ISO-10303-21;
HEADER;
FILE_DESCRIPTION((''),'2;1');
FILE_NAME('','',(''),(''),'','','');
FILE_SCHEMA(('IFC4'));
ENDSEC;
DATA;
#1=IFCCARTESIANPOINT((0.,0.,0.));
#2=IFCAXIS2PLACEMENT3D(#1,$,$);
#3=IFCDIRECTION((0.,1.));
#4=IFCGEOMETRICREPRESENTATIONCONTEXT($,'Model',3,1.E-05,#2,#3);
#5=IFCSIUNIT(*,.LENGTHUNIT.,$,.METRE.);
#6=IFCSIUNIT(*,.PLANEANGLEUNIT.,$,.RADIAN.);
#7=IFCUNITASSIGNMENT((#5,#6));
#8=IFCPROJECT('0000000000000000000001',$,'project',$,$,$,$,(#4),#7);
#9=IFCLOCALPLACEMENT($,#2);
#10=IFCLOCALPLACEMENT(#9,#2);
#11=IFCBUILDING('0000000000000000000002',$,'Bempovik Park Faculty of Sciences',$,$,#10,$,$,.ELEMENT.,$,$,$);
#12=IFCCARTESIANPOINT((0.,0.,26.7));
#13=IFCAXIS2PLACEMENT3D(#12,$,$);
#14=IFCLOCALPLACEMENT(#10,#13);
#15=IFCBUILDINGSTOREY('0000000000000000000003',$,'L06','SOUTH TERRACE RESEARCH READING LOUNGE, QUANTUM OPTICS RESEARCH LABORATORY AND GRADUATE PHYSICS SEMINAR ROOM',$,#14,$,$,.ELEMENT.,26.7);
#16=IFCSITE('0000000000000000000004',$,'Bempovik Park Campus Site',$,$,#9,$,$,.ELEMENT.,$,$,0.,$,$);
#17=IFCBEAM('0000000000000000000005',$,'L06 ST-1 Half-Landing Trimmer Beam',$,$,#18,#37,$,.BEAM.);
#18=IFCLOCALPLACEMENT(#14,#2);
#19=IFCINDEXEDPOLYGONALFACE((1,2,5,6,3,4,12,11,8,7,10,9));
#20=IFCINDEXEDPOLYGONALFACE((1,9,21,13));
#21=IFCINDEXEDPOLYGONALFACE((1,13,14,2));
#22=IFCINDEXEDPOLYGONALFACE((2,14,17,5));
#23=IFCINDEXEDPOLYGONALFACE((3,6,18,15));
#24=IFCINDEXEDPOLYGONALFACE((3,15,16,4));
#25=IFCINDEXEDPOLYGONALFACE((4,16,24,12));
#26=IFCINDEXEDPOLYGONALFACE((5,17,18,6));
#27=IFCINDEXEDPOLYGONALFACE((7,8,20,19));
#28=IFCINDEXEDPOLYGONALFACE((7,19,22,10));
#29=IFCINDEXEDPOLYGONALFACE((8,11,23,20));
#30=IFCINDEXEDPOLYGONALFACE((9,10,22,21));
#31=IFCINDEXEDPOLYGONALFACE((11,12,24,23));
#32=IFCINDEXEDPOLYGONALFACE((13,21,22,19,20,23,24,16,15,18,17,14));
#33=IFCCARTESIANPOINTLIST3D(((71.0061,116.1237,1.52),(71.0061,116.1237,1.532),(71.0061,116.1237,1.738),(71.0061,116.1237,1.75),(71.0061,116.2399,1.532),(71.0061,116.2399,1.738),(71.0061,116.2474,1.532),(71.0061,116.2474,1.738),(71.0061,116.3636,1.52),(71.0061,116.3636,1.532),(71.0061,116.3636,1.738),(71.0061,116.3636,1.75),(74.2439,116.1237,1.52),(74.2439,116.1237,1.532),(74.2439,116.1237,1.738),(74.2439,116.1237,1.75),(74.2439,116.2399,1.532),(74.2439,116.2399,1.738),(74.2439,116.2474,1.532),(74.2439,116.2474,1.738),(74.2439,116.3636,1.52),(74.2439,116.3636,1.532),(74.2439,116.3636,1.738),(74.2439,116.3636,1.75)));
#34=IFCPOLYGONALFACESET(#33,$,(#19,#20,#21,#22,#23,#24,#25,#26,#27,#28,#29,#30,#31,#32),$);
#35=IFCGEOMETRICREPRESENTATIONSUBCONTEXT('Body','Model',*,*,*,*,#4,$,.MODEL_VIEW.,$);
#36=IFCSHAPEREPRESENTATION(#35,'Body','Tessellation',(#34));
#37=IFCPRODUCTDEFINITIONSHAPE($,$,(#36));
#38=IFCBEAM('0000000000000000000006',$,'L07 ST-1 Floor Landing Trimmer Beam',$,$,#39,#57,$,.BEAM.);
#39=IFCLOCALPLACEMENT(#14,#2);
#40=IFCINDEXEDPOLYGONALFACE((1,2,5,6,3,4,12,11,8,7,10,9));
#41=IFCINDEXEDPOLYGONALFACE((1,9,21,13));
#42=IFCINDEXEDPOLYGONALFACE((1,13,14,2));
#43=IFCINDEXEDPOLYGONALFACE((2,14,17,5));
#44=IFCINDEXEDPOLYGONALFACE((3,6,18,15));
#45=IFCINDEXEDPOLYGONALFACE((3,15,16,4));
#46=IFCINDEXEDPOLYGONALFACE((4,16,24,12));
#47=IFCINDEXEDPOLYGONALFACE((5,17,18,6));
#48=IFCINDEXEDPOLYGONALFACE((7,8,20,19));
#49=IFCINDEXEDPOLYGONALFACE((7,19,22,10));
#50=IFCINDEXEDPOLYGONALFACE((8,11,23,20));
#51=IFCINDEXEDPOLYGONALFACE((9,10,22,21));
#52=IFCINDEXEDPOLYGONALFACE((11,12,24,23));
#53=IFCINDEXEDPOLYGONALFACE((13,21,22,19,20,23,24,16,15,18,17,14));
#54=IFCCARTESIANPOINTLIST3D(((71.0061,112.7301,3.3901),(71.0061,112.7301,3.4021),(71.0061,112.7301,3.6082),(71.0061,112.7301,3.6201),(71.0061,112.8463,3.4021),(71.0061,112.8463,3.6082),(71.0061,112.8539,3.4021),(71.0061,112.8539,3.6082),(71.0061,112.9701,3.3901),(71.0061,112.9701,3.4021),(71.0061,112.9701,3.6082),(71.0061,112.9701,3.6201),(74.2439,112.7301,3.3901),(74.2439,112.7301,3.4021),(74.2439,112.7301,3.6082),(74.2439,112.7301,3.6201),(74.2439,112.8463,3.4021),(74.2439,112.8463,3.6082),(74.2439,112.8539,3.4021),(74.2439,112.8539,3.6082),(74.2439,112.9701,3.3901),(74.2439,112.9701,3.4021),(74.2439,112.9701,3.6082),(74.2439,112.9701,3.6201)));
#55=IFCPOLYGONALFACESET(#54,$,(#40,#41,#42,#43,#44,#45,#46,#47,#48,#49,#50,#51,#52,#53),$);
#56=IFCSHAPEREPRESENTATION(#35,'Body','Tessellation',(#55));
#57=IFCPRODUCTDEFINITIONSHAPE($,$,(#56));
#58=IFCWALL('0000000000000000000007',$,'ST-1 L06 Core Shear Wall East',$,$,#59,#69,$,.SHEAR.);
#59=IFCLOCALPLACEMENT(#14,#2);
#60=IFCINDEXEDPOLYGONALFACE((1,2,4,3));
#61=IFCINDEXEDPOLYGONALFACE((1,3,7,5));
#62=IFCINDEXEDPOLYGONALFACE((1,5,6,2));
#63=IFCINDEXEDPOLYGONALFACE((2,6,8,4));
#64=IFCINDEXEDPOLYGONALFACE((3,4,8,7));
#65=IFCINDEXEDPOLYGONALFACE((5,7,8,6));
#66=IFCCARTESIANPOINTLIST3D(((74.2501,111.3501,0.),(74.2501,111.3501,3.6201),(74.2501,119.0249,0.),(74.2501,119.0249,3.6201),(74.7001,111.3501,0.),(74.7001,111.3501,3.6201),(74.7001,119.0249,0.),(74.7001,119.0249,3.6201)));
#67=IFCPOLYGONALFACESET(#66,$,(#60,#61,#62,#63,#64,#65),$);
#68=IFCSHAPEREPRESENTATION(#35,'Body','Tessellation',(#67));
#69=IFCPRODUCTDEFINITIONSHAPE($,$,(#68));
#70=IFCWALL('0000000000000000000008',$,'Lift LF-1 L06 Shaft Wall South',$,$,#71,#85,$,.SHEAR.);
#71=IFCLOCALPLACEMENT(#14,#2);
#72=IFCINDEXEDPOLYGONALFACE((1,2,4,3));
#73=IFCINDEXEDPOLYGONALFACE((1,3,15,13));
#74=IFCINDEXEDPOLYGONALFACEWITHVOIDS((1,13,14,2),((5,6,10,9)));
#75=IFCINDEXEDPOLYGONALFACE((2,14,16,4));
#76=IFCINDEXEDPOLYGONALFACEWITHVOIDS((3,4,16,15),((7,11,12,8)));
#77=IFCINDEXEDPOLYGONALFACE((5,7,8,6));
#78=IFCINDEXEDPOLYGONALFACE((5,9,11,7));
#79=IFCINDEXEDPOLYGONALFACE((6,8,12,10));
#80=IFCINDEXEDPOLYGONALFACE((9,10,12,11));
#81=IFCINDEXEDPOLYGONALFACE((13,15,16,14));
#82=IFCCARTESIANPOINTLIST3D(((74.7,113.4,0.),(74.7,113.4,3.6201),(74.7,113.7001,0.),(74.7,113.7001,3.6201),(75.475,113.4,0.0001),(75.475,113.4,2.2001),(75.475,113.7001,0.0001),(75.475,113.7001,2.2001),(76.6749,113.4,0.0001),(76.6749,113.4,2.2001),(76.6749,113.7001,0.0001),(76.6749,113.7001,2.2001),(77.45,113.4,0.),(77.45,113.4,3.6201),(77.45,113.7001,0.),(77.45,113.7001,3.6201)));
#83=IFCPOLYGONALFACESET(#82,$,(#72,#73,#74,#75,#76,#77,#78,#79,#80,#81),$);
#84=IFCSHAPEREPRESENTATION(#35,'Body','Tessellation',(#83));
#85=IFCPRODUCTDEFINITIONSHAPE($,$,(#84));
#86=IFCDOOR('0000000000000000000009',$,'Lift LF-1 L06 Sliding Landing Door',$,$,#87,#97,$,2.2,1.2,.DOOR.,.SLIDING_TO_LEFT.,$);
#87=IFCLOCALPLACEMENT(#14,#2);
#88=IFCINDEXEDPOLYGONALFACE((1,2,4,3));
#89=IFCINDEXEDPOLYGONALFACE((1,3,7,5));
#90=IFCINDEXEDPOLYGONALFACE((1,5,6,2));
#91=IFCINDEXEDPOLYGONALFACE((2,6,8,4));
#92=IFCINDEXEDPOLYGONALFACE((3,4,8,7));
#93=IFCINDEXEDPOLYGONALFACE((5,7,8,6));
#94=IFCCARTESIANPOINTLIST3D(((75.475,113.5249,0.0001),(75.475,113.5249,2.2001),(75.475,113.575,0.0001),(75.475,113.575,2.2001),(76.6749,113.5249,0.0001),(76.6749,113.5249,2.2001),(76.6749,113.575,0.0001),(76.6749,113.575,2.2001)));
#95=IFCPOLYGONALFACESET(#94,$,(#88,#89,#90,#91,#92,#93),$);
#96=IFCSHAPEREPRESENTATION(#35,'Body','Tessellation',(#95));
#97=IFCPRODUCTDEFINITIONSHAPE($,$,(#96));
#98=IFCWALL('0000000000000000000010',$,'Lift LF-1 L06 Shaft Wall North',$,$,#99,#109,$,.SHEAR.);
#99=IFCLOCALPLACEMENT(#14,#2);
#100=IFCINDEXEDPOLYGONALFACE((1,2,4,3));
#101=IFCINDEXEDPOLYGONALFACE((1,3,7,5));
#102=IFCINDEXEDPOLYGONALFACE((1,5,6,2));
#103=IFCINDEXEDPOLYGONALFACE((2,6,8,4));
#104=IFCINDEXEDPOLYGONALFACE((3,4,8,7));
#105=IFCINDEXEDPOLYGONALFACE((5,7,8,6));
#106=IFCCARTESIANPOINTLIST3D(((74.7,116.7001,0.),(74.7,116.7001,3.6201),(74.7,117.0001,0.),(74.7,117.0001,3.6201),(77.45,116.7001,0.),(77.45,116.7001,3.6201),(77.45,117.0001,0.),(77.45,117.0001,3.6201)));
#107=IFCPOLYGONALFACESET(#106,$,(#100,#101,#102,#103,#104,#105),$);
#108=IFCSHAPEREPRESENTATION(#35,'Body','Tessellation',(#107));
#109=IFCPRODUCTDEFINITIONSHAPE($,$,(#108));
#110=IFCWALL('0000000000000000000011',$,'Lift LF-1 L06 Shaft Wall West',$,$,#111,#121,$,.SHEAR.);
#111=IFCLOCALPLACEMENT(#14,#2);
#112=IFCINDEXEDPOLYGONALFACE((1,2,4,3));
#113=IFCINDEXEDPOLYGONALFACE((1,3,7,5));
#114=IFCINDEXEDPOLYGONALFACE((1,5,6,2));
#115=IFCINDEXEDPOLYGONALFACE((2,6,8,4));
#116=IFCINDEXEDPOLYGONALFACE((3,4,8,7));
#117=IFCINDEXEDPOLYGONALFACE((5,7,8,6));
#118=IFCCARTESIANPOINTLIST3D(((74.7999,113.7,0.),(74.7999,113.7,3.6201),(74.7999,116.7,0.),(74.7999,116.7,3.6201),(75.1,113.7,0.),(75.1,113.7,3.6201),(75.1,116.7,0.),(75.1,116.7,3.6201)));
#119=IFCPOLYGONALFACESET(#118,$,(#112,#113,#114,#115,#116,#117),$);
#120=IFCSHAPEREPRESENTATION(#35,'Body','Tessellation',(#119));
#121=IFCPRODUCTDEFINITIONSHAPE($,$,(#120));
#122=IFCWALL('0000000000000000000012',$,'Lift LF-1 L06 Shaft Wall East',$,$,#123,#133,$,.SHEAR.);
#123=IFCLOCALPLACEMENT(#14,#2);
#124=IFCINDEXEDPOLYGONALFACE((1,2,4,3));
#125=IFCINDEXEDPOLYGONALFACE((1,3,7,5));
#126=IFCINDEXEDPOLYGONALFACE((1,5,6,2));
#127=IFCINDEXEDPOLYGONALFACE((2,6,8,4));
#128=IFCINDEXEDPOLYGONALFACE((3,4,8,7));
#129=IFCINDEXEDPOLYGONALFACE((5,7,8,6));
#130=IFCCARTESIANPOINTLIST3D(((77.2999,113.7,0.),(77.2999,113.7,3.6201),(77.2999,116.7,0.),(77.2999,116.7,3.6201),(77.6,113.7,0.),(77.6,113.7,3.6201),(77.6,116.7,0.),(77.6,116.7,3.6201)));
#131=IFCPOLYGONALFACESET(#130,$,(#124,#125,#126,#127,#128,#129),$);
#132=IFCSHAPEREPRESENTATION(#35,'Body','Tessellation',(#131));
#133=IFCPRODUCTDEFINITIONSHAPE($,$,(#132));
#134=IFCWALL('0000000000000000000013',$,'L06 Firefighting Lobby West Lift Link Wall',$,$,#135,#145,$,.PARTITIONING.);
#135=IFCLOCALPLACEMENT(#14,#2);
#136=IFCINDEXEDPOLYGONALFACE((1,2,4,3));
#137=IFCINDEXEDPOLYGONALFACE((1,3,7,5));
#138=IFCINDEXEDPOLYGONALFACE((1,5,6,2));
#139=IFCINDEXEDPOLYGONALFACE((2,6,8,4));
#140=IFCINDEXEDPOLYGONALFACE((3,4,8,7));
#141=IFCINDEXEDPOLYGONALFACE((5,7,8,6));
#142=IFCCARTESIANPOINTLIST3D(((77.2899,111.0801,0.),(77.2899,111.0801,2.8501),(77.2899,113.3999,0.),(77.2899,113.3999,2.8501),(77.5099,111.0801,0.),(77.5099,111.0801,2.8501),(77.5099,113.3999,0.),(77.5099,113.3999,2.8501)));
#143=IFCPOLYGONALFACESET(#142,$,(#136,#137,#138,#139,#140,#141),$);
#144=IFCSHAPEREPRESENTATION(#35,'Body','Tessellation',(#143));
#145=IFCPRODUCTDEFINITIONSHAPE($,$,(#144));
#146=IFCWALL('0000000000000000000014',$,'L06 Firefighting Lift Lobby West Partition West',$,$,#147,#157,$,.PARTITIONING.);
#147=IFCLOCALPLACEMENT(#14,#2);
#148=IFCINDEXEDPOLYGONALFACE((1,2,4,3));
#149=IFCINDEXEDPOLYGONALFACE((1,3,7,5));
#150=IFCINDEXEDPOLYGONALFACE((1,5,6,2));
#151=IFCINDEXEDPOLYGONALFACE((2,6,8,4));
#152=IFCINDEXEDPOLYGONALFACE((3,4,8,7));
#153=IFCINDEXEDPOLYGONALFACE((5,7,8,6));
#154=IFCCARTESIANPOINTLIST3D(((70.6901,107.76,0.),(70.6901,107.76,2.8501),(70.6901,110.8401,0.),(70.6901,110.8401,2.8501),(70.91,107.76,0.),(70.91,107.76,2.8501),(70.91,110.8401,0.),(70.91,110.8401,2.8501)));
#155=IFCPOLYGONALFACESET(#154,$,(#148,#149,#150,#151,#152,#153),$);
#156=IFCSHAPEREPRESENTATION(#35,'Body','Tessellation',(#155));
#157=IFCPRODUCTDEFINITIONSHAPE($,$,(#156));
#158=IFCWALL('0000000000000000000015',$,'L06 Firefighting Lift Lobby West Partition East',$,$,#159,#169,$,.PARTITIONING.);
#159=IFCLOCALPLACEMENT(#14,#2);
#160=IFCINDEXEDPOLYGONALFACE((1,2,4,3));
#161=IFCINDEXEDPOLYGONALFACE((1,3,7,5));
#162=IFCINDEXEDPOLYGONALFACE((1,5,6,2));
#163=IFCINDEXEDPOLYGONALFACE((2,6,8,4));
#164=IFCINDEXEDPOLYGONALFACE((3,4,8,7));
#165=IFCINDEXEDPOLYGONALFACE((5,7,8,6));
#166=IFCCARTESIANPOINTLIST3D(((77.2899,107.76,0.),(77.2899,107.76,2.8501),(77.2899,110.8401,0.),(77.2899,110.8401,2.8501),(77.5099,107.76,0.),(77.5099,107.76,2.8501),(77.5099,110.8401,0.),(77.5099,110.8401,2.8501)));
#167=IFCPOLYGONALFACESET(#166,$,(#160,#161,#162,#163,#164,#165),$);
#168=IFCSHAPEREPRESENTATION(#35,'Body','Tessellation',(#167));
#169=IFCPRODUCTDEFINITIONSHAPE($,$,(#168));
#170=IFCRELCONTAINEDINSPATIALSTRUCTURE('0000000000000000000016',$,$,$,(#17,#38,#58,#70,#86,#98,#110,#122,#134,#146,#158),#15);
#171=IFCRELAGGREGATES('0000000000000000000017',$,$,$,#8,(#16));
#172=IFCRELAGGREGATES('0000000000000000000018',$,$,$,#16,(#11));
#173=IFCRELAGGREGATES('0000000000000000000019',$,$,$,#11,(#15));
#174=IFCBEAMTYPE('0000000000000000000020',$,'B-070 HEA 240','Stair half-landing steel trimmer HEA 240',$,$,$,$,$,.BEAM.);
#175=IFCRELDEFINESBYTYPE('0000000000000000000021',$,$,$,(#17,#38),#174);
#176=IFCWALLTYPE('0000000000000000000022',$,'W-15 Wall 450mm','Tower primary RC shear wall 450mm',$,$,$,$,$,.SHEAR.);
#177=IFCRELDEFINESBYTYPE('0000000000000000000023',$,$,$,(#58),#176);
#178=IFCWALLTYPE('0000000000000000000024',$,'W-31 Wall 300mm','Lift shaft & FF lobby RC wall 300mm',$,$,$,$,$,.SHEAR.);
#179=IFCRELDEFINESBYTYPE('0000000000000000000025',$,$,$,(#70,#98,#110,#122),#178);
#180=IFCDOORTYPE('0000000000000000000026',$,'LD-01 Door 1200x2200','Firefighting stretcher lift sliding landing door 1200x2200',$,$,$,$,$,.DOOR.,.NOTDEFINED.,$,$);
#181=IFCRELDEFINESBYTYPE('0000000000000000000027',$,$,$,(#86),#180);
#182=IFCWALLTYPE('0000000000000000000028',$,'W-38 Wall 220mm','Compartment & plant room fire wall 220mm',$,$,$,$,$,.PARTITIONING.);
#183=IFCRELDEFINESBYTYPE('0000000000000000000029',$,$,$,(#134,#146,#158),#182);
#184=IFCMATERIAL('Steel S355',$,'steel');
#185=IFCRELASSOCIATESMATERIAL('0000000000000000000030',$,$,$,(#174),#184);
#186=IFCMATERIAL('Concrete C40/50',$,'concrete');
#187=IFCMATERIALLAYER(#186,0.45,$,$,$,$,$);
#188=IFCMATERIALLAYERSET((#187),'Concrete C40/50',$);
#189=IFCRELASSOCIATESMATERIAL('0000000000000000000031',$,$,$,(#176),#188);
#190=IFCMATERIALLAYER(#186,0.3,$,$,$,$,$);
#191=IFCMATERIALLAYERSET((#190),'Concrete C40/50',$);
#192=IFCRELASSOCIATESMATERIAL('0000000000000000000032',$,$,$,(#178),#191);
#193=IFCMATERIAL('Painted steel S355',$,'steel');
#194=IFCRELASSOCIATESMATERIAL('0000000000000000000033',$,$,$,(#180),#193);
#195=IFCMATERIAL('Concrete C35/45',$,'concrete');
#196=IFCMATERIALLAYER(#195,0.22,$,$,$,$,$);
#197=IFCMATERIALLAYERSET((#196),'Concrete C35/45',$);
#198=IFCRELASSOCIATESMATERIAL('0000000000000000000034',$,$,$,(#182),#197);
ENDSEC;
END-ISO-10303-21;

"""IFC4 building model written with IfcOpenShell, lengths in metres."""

from ifc_helpers import new_model, si_unit, direction, frame, frame_2d, origin, origin_2d, place, context, subcontext, project, spatial, rectangle, i_section, extrude, material, layer, layer_set, material_profile, profile_set, type_object, element, fill, save


model = new_model("IFC4")

# Units and contexts
model_context = context("Model", 3, precision=1e-05, world=origin(), true_north=direction((0.0, 1.0)))
body_context = subcontext(model_context, "Body", "Model", "MODEL_VIEW")
ifc_project = project(units=[si_unit("LENGTHUNIT", "METRE"), si_unit("PLANEANGLEUNIT", "RADIAN")], contexts=[model_context])

# Site, building, storey
site_placement = place(None, origin())
site = spatial("IfcSite", under=ifc_project, at=site_placement, Name="Bempovik Park Campus Site", CompositionType="ELEMENT", RefElevation=0.0)
building_placement = place(site_placement, origin())
building = spatial("IfcBuilding", under=site, at=building_placement, Name="Bempovik Park Faculty of Sciences", CompositionType="ELEMENT")
storey_placement = place(building_placement, frame((0.0, 0.0, 26.7)))
storey = spatial("IfcBuildingStorey", under=building, at=storey_placement, Name="L06", Description="SOUTH TERRACE RESEARCH READING LOUNGE, QUANTUM OPTICS RESEARCH LABORATORY AND GRADUATE PHYSICS SEMINAR ROOM", CompositionType="ELEMENT", Elevation=26.7)

# Beams
ifc_material_1 = material(Name="Steel S355", Category="steel")
ifc_material_profile = material_profile(ifc_material_1, i_section(OverallWidth=0.24, OverallDepth=0.23, WebThickness=0.0076, FlangeThickness=0.012, at=origin_2d()), Name="HEA 240")
ifc_profile_set = profile_set([ifc_material_profile], Name="Steel S355")
beam_type = type_object("IfcBeamType", Name="B-070 HEA 240", Description="Stair half-landing steel trimmer HEA 240", PredefinedType="BEAM", material=ifc_profile_set)
for number, where, z_axis, x_axis, name in (
    (1, (71.0061, 116.2437, 1.635), (1.0, 0.0, 0.0), (0.0, 1.0, 0.0), "L06 ST-1 Half-Landing Trimmer Beam"),
    (2, (71.0061, 112.8501, 3.5051), (1.0, 0.0, 0.0), (0.0, 1.0, 0.0), "L07 ST-1 Floor Landing Trimmer Beam"),
):
    element("IfcBeam", number, at=place(storey_placement, frame(where, z_axis=z_axis, x_axis=x_axis)), inside=storey, type_object=beam_type, Name=name, PredefinedType="BEAM", context=body_context, shape_type="SweptSolid", body=[
        extrude(i_section(OverallWidth=0.24, OverallDepth=0.23, WebThickness=0.0076, FlangeThickness=0.012, at=origin_2d()), origin(), (0.0, 0.0, 1.0), 3.2378),
    ])

# Wall
ifc_material_2 = material(Name="Concrete C40/50", Category="concrete")
ifc_layer_1 = layer(ifc_material_2, 0.45)
ifc_layer_set_1 = layer_set([ifc_layer_1], Name="Concrete C40/50")
wall_type_1 = type_object("IfcWallType", Name="W-15 Wall 450mm", Description="Tower primary RC shear wall 450mm", PredefinedType="SHEAR", material=ifc_layer_set_1)
wall_1_placement = place(storey_placement, frame((74.4751, 111.3501, 0.0), z_axis=(0.0, 0.0, 1.0), x_axis=(0.0, 1.0, 0.0)))
element("IfcWall", 3, at=wall_1_placement, inside=storey, type_object=wall_type_1, Name="ST-1 L06 Core Shear Wall East", PredefinedType="SHEAR", context=body_context, shape_type="SweptSolid", body=[
    extrude(rectangle(XDim=7.6748, YDim=0.45, at=frame_2d((3.8374, 0.0))), origin(), (0.0, 0.0, 1.0), 3.6201),
])

# Wall, opening, door
ifc_layer_2 = layer(ifc_material_2, 0.3)
ifc_layer_set_2 = layer_set([ifc_layer_2], Name="Concrete C40/50")
wall_type_2 = type_object("IfcWallType", Name="W-31 Wall 300mm", Description="Lift shaft & FF lobby RC wall 300mm", PredefinedType="SHEAR", material=ifc_layer_set_2)
wall_2_placement = place(storey_placement, frame((74.7, 113.55, 0.0), z_axis=(0.0, 0.0, 1.0), x_axis=(1.0, 0.0, 0.0)))
wall_2 = element("IfcWall", 4, at=wall_2_placement, inside=storey, type_object=wall_type_2, Name="Lift LF-1 L06 Shaft Wall South", PredefinedType="SHEAR", context=body_context, shape_type="SweptSolid", body=[
    extrude(rectangle(XDim=2.75, YDim=0.3, at=frame_2d((1.375, 0.0))), origin(), (0.0, 0.0, 1.0), 3.6201),
])
opening_1_placement = place(wall_2_placement, frame((0.7749, 0.0, 0.0)))
opening_1 = element("IfcOpeningElement", 5, at=opening_1_placement, cuts=wall_2, PredefinedType="OPENING", context=body_context, shape_type="SweptSolid", body=[
    extrude(rectangle(XDim=1.2, YDim=2.2, at=frame_2d((0.6001, 1.1001))), frame((0.0, 0.1602, 0.0), z_axis=(0.0, -1.0, 0.0), x_axis=(1.0, 0.0, 0.0)), (0.0, 0.0, 1.0), 0.3201),
])
ifc_material_3 = material(Name="Painted steel S355", Category="steel")
door_type_1 = type_object("IfcDoorType", Name="LD-01 Door 1200x2200", Description="Firefighting stretcher lift sliding landing door 1200x2200", OperationType="NOTDEFINED", PredefinedType="DOOR", material=ifc_material_3)
door_1_placement = place(opening_1_placement, origin())
door_1 = element("IfcDoor", 6, at=door_1_placement, inside=storey, type_object=door_type_1, Name="Lift LF-1 L06 Sliding Landing Door", OperationType="SLIDING_TO_LEFT", OverallHeight=2.2, OverallWidth=1.2, PredefinedType="DOOR", context=body_context, shape_type="SweptSolid", body=[
    extrude(rectangle(XDim=1.2, YDim=2.2, at=frame_2d((0.6001, 1.1001))), frame((0.0, 0.0249, 0.0), z_axis=(0.0, -1.0, 0.0), x_axis=(1.0, 0.0, 0.0)), (0.0, 0.0, 1.0), 0.05),
])
fill(opening_1, door_1)

# Walls
wall_3_placement = place(storey_placement, frame((74.7, 116.8501, 0.0), z_axis=(0.0, 0.0, 1.0), x_axis=(1.0, 0.0, 0.0)))
element("IfcWall", 7, at=wall_3_placement, inside=storey, type_object=wall_type_2, Name="Lift LF-1 L06 Shaft Wall North", PredefinedType="SHEAR", context=body_context, shape_type="SweptSolid", body=[
    extrude(rectangle(XDim=2.75, YDim=0.3, at=frame_2d((1.375, 0.0))), origin(), (0.0, 0.0, 1.0), 3.6201),
])
for number, where, z_axis, x_axis, name in (
    (8, (74.95, 113.7, 0.0), (0.0, 0.0, 1.0), (0.0, 1.0, 0.0), "Lift LF-1 L06 Shaft Wall West"),
    (9, (77.45, 113.7, 0.0), (0.0, 0.0, 1.0), (0.0, 1.0, 0.0), "Lift LF-1 L06 Shaft Wall East"),
):
    element("IfcWall", number, at=place(storey_placement, frame(where, z_axis=z_axis, x_axis=x_axis)), inside=storey, type_object=wall_type_2, Name=name, PredefinedType="SHEAR", context=body_context, shape_type="SweptSolid", body=[
        extrude(rectangle(XDim=3.0, YDim=0.3, at=frame_2d((1.5, 0.0))), origin(), (0.0, 0.0, 1.0), 3.6201),
    ])
ifc_material_4 = material(Name="Concrete C35/45", Category="concrete")
ifc_layer_3 = layer(ifc_material_4, 0.22)
ifc_layer_set_3 = layer_set([ifc_layer_3], Name="Concrete C35/45")
wall_type_3 = type_object("IfcWallType", Name="W-38 Wall 220mm", Description="Compartment & plant room fire wall 220mm", PredefinedType="PARTITIONING", material=ifc_layer_set_3)
wall_4_placement = place(storey_placement, frame((77.3999, 111.0801, 0.0), z_axis=(0.0, 0.0, 1.0), x_axis=(0.0, 1.0, 0.0)))
element("IfcWall", 10, at=wall_4_placement, inside=storey, type_object=wall_type_3, Name="L06 Firefighting Lobby West Lift Link Wall", PredefinedType="PARTITIONING", context=body_context, shape_type="SweptSolid", body=[
    extrude(rectangle(XDim=2.3198, YDim=0.22, at=frame_2d((1.1599, 0.0))), origin(), (0.0, 0.0, 1.0), 2.8501),
])
for number, where, z_axis, x_axis, name in (
    (11, (70.8, 107.76, 0.0), (0.0, 0.0, 1.0), (0.0, 1.0, 0.0), "L06 Firefighting Lift Lobby West Partition West"),
    (12, (77.3999, 107.76, 0.0), (0.0, 0.0, 1.0), (0.0, 1.0, 0.0), "L06 Firefighting Lift Lobby West Partition East"),
):
    element("IfcWall", number, at=place(storey_placement, frame(where, z_axis=z_axis, x_axis=x_axis)), inside=storey, type_object=wall_type_3, Name=name, PredefinedType="PARTITIONING", context=body_context, shape_type="SweptSolid", body=[
        extrude(rectangle(XDim=3.0801, YDim=0.22, at=frame_2d((1.54, 0.0))), origin(), (0.0, 0.0, 1.0), 2.8501),
    ])

save(model, "model.ifc")
